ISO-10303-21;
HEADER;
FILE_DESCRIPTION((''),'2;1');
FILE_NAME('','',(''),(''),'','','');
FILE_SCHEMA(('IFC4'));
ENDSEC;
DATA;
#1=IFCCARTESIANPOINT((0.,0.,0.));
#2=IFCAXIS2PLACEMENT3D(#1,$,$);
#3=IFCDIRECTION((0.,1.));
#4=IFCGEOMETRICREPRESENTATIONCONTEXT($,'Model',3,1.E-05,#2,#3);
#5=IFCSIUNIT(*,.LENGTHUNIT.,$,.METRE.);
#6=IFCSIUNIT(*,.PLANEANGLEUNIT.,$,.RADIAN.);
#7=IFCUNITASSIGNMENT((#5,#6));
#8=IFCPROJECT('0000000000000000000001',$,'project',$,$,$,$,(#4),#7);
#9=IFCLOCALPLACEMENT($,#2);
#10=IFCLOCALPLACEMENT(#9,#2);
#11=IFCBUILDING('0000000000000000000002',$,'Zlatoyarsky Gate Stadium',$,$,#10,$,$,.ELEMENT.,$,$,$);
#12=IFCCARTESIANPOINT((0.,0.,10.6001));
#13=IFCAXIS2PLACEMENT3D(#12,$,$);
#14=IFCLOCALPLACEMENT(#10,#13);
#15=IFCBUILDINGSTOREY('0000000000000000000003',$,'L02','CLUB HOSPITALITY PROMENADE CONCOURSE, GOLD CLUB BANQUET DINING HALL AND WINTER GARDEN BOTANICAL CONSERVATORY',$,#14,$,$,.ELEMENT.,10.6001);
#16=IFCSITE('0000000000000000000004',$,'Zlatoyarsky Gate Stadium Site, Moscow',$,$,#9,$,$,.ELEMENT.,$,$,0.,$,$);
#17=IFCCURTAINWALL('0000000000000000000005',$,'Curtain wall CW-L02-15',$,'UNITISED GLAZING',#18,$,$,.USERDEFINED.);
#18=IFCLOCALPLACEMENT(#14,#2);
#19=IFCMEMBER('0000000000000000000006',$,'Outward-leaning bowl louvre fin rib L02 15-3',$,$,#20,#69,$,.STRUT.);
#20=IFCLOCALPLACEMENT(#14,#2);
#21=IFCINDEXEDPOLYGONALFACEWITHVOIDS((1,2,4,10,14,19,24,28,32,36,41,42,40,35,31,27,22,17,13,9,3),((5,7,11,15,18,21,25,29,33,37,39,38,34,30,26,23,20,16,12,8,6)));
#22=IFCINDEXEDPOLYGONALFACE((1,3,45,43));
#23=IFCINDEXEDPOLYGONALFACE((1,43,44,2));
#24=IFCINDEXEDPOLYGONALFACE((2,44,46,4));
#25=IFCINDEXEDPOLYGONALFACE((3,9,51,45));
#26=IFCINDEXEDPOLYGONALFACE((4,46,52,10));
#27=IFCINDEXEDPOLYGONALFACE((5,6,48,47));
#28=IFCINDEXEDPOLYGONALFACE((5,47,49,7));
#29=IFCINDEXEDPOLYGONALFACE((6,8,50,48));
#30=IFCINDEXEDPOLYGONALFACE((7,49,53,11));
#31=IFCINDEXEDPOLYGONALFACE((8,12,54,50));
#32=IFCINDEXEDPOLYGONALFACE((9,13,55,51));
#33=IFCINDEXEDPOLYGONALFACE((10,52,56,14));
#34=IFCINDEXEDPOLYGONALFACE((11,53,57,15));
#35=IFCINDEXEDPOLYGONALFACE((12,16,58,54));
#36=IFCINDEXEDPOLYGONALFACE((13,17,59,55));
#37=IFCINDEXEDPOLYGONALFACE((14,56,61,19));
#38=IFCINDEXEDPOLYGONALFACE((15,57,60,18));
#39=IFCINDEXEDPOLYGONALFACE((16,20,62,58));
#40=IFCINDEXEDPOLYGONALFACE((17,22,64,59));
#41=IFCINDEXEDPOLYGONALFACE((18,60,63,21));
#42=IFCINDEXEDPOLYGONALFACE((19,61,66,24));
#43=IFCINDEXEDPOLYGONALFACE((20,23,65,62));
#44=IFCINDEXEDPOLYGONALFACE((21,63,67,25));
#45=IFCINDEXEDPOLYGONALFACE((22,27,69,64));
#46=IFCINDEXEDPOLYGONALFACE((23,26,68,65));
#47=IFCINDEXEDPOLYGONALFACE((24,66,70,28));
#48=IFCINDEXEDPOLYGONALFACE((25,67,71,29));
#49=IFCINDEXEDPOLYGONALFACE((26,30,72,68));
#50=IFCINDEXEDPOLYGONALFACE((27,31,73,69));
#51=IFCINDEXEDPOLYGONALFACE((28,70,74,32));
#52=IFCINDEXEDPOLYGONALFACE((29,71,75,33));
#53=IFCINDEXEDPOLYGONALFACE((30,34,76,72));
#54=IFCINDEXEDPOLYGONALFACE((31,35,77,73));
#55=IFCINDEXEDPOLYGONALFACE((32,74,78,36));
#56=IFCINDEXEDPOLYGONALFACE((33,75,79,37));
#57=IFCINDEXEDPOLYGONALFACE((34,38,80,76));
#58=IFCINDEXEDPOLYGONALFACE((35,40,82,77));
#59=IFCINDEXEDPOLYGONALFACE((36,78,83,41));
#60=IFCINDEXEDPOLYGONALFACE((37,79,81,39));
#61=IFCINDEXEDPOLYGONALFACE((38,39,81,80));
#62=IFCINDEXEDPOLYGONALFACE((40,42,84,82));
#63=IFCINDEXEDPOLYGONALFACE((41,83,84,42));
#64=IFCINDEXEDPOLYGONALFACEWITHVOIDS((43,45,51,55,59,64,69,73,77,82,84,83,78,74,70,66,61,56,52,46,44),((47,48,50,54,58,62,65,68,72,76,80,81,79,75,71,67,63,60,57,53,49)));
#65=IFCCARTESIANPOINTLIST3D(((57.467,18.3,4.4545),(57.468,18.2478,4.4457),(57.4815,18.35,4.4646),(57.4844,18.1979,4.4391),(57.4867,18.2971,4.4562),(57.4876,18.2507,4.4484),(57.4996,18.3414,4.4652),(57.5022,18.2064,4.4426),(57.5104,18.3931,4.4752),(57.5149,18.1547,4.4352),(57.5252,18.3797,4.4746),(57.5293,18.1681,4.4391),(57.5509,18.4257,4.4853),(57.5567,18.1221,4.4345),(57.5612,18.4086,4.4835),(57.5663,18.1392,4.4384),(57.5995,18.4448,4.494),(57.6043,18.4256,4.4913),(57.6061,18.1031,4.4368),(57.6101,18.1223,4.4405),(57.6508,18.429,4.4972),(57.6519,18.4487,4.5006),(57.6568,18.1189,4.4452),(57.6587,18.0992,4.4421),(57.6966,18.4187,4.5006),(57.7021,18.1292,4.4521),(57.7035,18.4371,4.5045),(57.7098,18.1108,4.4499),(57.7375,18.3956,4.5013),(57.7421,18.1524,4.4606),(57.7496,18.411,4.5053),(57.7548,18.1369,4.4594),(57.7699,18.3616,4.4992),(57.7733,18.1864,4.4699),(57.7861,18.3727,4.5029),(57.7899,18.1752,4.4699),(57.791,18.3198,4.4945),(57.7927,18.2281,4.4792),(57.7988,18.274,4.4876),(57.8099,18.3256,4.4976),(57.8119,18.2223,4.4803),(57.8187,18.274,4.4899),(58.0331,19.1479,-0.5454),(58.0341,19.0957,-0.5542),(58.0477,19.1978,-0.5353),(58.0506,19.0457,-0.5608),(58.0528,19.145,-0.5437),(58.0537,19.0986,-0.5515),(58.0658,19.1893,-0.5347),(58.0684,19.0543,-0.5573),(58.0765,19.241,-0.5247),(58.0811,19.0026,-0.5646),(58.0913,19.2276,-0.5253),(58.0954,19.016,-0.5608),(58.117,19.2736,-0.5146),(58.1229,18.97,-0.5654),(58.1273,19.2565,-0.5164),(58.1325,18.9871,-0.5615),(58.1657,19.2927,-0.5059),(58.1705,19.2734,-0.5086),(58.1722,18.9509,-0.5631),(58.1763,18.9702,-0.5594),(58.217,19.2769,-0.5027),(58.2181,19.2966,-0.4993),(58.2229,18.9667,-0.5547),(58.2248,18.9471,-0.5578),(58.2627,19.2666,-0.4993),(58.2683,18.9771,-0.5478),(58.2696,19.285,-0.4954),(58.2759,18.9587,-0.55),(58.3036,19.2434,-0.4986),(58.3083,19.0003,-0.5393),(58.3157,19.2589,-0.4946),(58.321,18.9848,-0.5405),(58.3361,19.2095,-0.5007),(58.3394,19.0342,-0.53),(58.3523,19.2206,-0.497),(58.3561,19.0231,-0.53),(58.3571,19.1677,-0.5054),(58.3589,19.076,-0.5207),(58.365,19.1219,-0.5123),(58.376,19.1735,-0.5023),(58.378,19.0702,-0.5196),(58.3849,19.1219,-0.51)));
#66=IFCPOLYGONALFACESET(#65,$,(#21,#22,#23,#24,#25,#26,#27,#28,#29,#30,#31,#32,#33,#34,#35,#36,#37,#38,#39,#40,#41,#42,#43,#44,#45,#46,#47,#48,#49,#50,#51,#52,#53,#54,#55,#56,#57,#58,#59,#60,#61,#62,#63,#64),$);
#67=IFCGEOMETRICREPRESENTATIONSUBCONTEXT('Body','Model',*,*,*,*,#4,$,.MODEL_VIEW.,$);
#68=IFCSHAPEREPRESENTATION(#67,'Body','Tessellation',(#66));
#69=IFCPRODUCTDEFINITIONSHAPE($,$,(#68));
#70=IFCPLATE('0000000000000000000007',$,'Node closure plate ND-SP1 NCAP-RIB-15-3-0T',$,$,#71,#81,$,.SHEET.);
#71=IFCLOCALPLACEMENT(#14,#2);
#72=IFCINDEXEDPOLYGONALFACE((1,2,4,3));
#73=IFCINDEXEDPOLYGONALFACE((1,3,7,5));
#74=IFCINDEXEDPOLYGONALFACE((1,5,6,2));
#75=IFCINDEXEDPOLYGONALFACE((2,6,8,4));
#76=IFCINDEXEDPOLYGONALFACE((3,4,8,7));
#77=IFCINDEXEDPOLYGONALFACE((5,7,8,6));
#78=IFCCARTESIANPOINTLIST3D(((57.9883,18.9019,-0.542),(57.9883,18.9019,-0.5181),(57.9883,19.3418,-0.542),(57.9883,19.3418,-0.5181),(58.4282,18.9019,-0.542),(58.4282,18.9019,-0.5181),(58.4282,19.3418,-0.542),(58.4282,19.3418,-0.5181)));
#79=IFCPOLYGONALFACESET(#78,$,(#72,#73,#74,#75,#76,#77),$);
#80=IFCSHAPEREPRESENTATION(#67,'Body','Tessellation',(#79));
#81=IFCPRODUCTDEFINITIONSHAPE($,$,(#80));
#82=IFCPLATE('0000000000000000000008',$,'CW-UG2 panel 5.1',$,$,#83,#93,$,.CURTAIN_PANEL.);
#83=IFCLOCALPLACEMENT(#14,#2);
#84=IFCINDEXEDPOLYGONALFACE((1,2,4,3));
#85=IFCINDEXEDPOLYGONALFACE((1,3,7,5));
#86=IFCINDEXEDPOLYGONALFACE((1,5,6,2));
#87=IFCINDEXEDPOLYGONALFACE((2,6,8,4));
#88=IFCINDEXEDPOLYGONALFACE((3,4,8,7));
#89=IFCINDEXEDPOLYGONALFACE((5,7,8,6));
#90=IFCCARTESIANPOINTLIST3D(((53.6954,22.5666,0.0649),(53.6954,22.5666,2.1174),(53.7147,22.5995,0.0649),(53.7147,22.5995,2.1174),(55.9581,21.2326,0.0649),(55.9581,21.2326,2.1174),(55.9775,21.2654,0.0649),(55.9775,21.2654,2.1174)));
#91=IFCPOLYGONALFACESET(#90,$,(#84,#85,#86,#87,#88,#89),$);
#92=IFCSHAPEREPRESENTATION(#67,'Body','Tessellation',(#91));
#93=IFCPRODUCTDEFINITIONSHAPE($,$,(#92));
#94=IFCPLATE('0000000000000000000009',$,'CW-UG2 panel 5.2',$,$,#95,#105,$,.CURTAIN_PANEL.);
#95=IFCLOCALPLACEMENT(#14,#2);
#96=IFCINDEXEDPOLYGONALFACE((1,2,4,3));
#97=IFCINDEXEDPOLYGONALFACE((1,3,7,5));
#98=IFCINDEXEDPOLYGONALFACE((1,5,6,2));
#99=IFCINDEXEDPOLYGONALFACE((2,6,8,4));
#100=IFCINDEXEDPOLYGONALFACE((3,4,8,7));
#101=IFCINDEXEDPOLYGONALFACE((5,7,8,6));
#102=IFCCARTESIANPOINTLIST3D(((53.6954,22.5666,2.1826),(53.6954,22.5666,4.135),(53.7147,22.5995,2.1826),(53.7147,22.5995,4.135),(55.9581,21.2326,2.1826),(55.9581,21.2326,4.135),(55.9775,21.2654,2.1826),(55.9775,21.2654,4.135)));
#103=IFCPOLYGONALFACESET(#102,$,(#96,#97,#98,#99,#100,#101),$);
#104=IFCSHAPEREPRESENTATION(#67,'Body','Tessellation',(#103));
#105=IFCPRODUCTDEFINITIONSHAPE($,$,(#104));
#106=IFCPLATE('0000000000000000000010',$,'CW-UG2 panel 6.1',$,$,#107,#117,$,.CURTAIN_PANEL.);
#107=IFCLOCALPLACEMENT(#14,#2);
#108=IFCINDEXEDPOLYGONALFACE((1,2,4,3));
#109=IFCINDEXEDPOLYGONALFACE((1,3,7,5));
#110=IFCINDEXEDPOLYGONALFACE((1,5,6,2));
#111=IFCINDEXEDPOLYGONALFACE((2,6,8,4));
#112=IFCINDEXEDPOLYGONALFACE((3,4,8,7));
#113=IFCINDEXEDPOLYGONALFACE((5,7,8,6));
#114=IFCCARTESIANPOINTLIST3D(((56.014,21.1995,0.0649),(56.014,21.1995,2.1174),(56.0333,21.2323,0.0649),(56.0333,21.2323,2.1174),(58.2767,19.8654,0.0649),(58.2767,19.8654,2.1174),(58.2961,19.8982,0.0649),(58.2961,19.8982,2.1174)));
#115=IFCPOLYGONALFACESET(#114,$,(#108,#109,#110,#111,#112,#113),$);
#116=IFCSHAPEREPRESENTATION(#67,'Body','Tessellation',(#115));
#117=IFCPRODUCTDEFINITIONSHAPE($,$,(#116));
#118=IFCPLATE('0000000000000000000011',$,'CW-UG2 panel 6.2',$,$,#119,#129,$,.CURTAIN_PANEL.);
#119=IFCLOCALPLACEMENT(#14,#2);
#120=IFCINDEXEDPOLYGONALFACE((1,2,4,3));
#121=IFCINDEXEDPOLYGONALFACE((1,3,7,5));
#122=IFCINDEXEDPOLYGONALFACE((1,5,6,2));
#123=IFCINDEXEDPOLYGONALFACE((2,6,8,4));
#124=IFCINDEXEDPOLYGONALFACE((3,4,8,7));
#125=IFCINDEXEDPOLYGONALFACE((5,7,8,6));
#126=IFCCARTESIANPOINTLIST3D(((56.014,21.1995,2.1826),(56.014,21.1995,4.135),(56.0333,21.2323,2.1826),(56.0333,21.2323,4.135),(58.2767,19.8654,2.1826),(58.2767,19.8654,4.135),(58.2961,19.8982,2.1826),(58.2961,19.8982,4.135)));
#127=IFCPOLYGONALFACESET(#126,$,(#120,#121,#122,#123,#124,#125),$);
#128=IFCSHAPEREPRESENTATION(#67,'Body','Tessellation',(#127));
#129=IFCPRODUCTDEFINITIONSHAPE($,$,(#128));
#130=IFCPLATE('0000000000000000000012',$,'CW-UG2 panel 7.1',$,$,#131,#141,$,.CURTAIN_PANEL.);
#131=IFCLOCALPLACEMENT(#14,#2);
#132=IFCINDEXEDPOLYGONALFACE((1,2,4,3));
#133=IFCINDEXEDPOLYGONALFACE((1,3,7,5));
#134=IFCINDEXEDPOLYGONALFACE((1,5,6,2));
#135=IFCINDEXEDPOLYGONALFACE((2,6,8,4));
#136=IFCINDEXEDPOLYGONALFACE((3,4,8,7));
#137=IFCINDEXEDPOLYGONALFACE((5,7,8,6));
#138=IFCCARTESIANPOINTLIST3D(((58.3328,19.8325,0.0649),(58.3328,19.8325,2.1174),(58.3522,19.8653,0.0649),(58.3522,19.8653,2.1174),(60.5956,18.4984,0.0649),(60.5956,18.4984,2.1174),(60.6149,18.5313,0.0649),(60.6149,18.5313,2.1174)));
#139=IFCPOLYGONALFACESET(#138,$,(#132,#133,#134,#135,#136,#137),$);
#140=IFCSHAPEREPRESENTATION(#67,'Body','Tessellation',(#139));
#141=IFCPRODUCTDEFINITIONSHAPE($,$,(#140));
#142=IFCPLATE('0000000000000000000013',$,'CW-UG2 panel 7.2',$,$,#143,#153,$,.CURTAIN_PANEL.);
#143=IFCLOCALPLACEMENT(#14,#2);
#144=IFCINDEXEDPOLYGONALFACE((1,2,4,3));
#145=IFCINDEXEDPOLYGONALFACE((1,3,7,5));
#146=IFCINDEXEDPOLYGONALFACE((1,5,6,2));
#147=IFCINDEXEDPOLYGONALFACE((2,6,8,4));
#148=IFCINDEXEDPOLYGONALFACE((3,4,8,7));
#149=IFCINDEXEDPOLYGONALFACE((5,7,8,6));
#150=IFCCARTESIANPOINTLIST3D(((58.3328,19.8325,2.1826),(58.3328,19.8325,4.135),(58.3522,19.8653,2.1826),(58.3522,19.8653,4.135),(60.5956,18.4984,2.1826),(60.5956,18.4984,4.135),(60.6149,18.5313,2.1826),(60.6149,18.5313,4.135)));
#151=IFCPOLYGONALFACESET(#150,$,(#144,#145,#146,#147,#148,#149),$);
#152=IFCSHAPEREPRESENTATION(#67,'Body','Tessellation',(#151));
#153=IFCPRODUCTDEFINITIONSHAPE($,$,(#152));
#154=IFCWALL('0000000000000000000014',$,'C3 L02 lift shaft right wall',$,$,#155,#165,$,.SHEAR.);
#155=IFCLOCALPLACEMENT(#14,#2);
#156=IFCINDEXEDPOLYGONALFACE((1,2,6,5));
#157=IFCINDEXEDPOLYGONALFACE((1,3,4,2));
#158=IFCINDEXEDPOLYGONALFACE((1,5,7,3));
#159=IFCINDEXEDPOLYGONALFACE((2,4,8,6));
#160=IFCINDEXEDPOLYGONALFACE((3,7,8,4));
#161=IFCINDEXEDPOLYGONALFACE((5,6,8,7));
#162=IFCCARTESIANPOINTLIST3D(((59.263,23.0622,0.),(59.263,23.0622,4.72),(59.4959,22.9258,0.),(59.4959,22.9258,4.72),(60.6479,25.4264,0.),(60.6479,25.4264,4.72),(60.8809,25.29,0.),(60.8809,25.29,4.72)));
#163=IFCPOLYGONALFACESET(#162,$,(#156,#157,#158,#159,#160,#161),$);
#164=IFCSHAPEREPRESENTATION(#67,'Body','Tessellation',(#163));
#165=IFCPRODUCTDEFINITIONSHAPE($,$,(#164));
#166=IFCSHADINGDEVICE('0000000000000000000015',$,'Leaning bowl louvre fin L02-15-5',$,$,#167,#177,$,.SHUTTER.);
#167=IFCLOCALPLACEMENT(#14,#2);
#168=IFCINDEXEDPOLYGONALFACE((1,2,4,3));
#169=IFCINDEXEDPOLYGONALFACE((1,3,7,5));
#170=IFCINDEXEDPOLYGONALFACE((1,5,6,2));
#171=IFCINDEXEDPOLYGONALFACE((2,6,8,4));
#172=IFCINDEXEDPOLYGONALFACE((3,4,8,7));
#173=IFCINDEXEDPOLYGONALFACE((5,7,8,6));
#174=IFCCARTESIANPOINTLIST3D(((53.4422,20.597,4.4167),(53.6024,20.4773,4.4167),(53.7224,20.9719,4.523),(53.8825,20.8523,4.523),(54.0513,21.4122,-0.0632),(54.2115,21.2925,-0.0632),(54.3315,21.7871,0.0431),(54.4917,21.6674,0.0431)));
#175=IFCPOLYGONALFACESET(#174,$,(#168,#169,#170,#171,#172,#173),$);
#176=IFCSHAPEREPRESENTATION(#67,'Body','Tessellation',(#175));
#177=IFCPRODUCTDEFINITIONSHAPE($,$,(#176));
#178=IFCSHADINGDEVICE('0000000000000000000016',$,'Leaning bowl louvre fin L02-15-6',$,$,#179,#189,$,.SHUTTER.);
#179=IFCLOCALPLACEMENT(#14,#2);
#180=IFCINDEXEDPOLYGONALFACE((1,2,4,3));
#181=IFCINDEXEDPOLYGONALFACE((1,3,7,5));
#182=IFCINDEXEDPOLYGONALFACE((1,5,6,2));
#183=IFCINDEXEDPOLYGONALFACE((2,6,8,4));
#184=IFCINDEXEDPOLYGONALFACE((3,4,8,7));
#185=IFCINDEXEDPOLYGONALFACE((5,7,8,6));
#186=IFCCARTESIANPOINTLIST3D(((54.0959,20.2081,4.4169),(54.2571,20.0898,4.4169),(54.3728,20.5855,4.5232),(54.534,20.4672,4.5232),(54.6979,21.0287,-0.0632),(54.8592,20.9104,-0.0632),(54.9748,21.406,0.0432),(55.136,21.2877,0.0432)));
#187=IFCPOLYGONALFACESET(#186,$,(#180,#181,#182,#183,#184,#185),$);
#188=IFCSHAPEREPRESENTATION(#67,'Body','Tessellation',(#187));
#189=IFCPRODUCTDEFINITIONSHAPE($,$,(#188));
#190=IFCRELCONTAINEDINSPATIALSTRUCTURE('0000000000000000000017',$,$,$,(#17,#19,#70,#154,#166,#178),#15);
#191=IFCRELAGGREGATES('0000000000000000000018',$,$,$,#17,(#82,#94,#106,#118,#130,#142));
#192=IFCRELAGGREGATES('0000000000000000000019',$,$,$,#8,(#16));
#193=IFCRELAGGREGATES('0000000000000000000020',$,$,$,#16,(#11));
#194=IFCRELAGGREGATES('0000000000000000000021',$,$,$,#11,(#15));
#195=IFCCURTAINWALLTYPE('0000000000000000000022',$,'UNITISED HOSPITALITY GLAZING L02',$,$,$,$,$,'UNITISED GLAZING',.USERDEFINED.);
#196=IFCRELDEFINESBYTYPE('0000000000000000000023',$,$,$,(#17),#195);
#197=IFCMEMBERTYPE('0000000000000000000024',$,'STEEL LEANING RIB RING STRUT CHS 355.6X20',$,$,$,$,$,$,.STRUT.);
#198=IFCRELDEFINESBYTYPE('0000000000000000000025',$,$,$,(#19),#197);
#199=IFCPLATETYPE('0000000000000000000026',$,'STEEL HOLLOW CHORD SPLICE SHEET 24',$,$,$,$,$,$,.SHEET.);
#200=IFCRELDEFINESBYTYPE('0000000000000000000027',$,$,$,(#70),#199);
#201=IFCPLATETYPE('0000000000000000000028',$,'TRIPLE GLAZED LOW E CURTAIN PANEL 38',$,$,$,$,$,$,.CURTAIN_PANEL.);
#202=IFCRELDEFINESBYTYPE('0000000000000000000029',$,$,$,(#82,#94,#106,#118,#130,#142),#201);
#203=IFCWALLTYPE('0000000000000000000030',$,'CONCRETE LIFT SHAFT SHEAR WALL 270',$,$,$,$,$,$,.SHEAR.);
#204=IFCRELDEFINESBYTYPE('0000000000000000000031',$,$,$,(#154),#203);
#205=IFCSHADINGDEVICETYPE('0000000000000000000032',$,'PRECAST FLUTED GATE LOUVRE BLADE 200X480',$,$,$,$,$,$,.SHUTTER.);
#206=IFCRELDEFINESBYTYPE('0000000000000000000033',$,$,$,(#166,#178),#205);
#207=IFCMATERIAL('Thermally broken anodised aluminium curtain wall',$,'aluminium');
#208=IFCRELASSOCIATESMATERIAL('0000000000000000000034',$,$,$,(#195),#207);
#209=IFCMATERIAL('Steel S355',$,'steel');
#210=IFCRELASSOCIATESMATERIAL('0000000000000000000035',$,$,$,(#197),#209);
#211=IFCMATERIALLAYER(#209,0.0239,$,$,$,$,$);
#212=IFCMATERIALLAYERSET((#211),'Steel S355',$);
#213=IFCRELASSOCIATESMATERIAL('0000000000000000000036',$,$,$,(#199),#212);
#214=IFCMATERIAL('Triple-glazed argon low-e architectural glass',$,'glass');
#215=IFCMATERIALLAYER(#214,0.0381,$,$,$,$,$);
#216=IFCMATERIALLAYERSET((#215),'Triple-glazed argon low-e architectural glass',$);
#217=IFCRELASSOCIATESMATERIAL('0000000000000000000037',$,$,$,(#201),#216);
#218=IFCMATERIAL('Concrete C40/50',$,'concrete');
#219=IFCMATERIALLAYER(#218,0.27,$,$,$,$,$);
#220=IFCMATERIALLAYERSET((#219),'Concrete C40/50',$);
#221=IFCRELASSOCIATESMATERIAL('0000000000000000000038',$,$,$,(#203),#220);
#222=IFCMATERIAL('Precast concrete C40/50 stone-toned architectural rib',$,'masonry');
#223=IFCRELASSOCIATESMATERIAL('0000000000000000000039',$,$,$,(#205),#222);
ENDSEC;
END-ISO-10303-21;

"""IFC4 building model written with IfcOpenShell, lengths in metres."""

from ifc_helpers import new_model, si_unit, direction, frame, frame_2d, origin, origin_2d, place, context, subcontext, project, spatial, rectangle, hollow_circle, extrude, material, layer, layer_set, material_profile, profile_set, type_object, element, aggregate, save


model = new_model("IFC4")

# Units and contexts
model_context = context("Model", 3, precision=1e-05, world=origin(), true_north=direction((0.0, 1.0)))
body_context = subcontext(model_context, "Body", "Model", "MODEL_VIEW")
ifc_project = project(units=[si_unit("LENGTHUNIT", "METRE"), si_unit("PLANEANGLEUNIT", "RADIAN")], contexts=[model_context])

# Site, building, storey
site_placement = place(None, origin())
site = spatial("IfcSite", under=ifc_project, at=site_placement, Name="Zlatoyarsky Gate Stadium Site, Moscow", CompositionType="ELEMENT", RefElevation=0.0)
building_placement = place(site_placement, origin())
building = spatial("IfcBuilding", under=site, at=building_placement, Name="Zlatoyarsky Gate Stadium", CompositionType="ELEMENT")
storey_placement = place(building_placement, frame((0.0, 0.0, 10.6001)))
storey = spatial("IfcBuildingStorey", under=building, at=storey_placement, Name="L02", Description="CLUB HOSPITALITY PROMENADE CONCOURSE, GOLD CLUB BANQUET DINING HALL AND WINTER GARDEN BOTANICAL CONSERVATORY", CompositionType="ELEMENT", Elevation=10.6001)

# Curtain wall
ifc_material_1 = material(Name="Thermally broken anodised aluminium curtain wall", Category="aluminium")
curtain_wall_type = type_object("IfcCurtainWallType", Name="UNITISED HOSPITALITY GLAZING L02", ElementType="UNITISED GLAZING", PredefinedType="USERDEFINED", material=ifc_material_1)
curtain_wall_placement = place(storey_placement, origin())
curtain_wall = element("IfcCurtainWall", 1, at=curtain_wall_placement, inside=storey, type_object=curtain_wall_type, Name="Curtain wall CW-L02-15", ObjectType="UNITISED GLAZING", PredefinedType="USERDEFINED")

# Member
ifc_material_2 = material(Name="Steel S355", Category="steel")
ifc_material_profile_1 = material_profile(ifc_material_2, hollow_circle(Radius=0.1777, WallThickness=0.02, at=origin_2d()), Name="CHS 355.6X20")
ifc_profile_set_1 = profile_set([ifc_material_profile_1], Name="Steel S355")
member_type_1 = type_object("IfcMemberType", Name="STEEL LEANING RIB RING STRUT CHS 355.6X20", PredefinedType="STRUT", material=ifc_profile_set_1)
member_1_placement = place(storey_placement, frame((58.2083, 19.1218, -0.53), z_axis=(-0.110949, -0.166161, 0.979837), x_axis=(0.831645, -0.555308, 0.0)))
element("IfcMember", 2, at=member_1_placement, inside=storey, type_object=member_type_1, Name="Outward-leaning bowl louvre fin rib L02 15-3", PredefinedType="STRUT", context=body_context, shape_type="SweptSolid", body=[
    extrude(hollow_circle(Radius=0.1777, WallThickness=0.02, at=origin_2d()), origin(), (0.0, 0.0, 1.0), 5.1028),
])

# Plates
ifc_layer_1 = layer(ifc_material_2, 0.0239)
ifc_layer_set_1 = layer_set([ifc_layer_1], Name="Steel S355")
plate_type_1 = type_object("IfcPlateType", Name="STEEL HOLLOW CHORD SPLICE SHEET 24", PredefinedType="SHEET", material=ifc_layer_set_1)
plate_1_placement = place(storey_placement, frame((58.2083, 19.1218, -0.542), z_axis=(0.0, 0.0, 1.0), x_axis=(1.0, 0.0, 0.0)))
element("IfcPlate", 3, at=plate_1_placement, inside=storey, type_object=plate_type_1, Name="Node closure plate ND-SP1 NCAP-RIB-15-3-0T", PredefinedType="SHEET", context=body_context, shape_type="SweptSolid", body=[
    extrude(rectangle(XDim=0.4399, YDim=0.4399, at=origin_2d()), origin(), (0.0, 0.0, 1.0), 0.0239),
])
ifc_material_3 = material(Name="Triple-glazed argon low-e architectural glass", Category="glass")
ifc_layer_2 = layer(ifc_material_3, 0.0381)
ifc_layer_set_2 = layer_set([ifc_layer_2], Name="Triple-glazed argon low-e architectural glass")
plate_type_2 = type_object("IfcPlateType", Name="TRIPLE GLAZED LOW E CURTAIN PANEL 38", PredefinedType="CURTAIN_PANEL", material=ifc_layer_set_2)
plate_2_placement = place(storey_placement, frame((54.8364, 21.916, 0.0649), z_axis=(0.0, 0.0, 1.0), x_axis=(0.861425, -0.507884, 0.0)))
plate_2 = element("IfcPlate", 4, at=plate_2_placement, type_object=plate_type_2, Name="CW-UG2 panel 5.1", PredefinedType="CURTAIN_PANEL", context=body_context, shape_type="SweptSolid", body=[
    extrude(rectangle(XDim=2.6267, YDim=0.0381, at=origin_2d()), origin(), (0.0, 0.0, 1.0), 2.0525),
])
plate_3_placement = place(storey_placement, frame((54.8364, 21.916, 2.1826), z_axis=(0.0, 0.0, 1.0), x_axis=(0.861425, -0.507884, 0.0)))
plate_3 = element("IfcPlate", 5, at=plate_3_placement, type_object=plate_type_2, Name="CW-UG2 panel 5.2", PredefinedType="CURTAIN_PANEL", context=body_context, shape_type="SweptSolid", body=[
    extrude(rectangle(XDim=2.6267, YDim=0.0381, at=origin_2d()), origin(), (0.0, 0.0, 1.0), 1.9524),
])
plate_4_placement = place(storey_placement, frame((57.155, 20.5488, 0.0649), z_axis=(0.0, 0.0, 1.0), x_axis=(0.861425, -0.507884, 0.0)))
plate_4 = element("IfcPlate", 6, at=plate_4_placement, type_object=plate_type_2, Name="CW-UG2 panel 6.1", PredefinedType="CURTAIN_PANEL", context=body_context, shape_type="SweptSolid", body=[
    extrude(rectangle(XDim=2.6267, YDim=0.0381, at=origin_2d()), origin(), (0.0, 0.0, 1.0), 2.0525),
])
plate_5_placement = place(storey_placement, frame((57.155, 20.5488, 2.1826), z_axis=(0.0, 0.0, 1.0), x_axis=(0.861425, -0.507884, 0.0)))
plate_5 = element("IfcPlate", 7, at=plate_5_placement, type_object=plate_type_2, Name="CW-UG2 panel 6.2", PredefinedType="CURTAIN_PANEL", context=body_context, shape_type="SweptSolid", body=[
    extrude(rectangle(XDim=2.6267, YDim=0.0381, at=origin_2d()), origin(), (0.0, 0.0, 1.0), 1.9524),
])
plate_6_placement = place(storey_placement, frame((59.4739, 19.1819, 0.0649), z_axis=(0.0, 0.0, 1.0), x_axis=(0.861425, -0.507884, 0.0)))
plate_6 = element("IfcPlate", 8, at=plate_6_placement, type_object=plate_type_2, Name="CW-UG2 panel 7.1", PredefinedType="CURTAIN_PANEL", context=body_context, shape_type="SweptSolid", body=[
    extrude(rectangle(XDim=2.6267, YDim=0.0381, at=origin_2d()), origin(), (0.0, 0.0, 1.0), 2.0525),
])
plate_7_placement = place(storey_placement, frame((59.4739, 19.1819, 2.1826), z_axis=(0.0, 0.0, 1.0), x_axis=(0.861425, -0.507884, 0.0)))
plate_7 = element("IfcPlate", 9, at=plate_7_placement, type_object=plate_type_2, Name="CW-UG2 panel 7.2", PredefinedType="CURTAIN_PANEL", context=body_context, shape_type="SweptSolid", body=[
    extrude(rectangle(XDim=2.6267, YDim=0.0381, at=origin_2d()), origin(), (0.0, 0.0, 1.0), 1.9524),
])
aggregate(curtain_wall, [plate_2, plate_3, plate_4, plate_5, plate_6, plate_7])

# Wall
ifc_material_4 = material(Name="Concrete C40/50", Category="concrete")
ifc_layer_3 = layer(ifc_material_4, 0.27)
ifc_layer_set_3 = layer_set([ifc_layer_3], Name="Concrete C40/50")
wall_type = type_object("IfcWallType", Name="CONCRETE LIFT SHAFT SHEAR WALL 270", PredefinedType="SHEAR", material=ifc_layer_set_3)
wall_placement = place(storey_placement, frame((59.3794, 22.9939, 0.0), z_axis=(0.0, 0.0, 1.0), x_axis=(0.505466, 0.862847, 0.0)))
element("IfcWall", 10, at=wall_placement, inside=storey, type_object=wall_type, Name="C3 L02 lift shaft right wall", PredefinedType="SHEAR", context=body_context, shape_type="SweptSolid", body=[
    extrude(rectangle(XDim=2.74, YDim=0.27, at=frame_2d((1.3701, 0.0))), origin(), (0.0, 0.0, 1.0), 4.72),
])

# Shading devices
ifc_material_5 = material(Name="Precast concrete C40/50 stone-toned architectural rib", Category="masonry")
ifc_material_profile_2 = material_profile(ifc_material_5, rectangle(XDim=0.2, YDim=0.48, at=origin_2d()), Name="RIB 200X480")
ifc_profile_set_2 = profile_set([ifc_material_profile_2], Name="Precast concrete C40/50 stone-toned architectural rib")
shading_device_type = type_object("IfcShadingDeviceType", Name="PRECAST FLUTED GATE LOUVRE BLADE 200X480", PredefinedType="SHUTTER", material=ifc_profile_set_2)
shading_device_1_placement = place(storey_placement, frame((54.2715, 21.5398, -0.01), z_axis=(-0.13259, -0.177442, 0.975159), x_axis=(0.801064, -0.598579, 0.0)))
element("IfcShadingDevice", 11, at=shading_device_1_placement, inside=storey, type_object=shading_device_type, Name="Leaning bowl louvre fin L02-15-5", PredefinedType="SHUTTER", context=body_context, shape_type="SweptSolid", body=[
    extrude(rectangle(XDim=0.2, YDim=0.48, at=origin_2d()), origin(), (0.0, 0.0, 1.0), 4.594),
])
shading_device_2_placement = place(storey_placement, frame((54.917, 21.1582, -0.01), z_axis=(-0.131048, -0.17861, 0.975154), x_axis=(0.80626, -0.591561, 0.0)))
element("IfcShadingDevice", 12, at=shading_device_2_placement, inside=storey, type_object=shading_device_type, Name="Leaning bowl louvre fin L02-15-6", PredefinedType="SHUTTER", context=body_context, shape_type="SweptSolid", body=[
    extrude(rectangle(XDim=0.2, YDim=0.48, at=origin_2d()), origin(), (0.0, 0.0, 1.0), 4.5942),
])

save(model, "model.ifc")
